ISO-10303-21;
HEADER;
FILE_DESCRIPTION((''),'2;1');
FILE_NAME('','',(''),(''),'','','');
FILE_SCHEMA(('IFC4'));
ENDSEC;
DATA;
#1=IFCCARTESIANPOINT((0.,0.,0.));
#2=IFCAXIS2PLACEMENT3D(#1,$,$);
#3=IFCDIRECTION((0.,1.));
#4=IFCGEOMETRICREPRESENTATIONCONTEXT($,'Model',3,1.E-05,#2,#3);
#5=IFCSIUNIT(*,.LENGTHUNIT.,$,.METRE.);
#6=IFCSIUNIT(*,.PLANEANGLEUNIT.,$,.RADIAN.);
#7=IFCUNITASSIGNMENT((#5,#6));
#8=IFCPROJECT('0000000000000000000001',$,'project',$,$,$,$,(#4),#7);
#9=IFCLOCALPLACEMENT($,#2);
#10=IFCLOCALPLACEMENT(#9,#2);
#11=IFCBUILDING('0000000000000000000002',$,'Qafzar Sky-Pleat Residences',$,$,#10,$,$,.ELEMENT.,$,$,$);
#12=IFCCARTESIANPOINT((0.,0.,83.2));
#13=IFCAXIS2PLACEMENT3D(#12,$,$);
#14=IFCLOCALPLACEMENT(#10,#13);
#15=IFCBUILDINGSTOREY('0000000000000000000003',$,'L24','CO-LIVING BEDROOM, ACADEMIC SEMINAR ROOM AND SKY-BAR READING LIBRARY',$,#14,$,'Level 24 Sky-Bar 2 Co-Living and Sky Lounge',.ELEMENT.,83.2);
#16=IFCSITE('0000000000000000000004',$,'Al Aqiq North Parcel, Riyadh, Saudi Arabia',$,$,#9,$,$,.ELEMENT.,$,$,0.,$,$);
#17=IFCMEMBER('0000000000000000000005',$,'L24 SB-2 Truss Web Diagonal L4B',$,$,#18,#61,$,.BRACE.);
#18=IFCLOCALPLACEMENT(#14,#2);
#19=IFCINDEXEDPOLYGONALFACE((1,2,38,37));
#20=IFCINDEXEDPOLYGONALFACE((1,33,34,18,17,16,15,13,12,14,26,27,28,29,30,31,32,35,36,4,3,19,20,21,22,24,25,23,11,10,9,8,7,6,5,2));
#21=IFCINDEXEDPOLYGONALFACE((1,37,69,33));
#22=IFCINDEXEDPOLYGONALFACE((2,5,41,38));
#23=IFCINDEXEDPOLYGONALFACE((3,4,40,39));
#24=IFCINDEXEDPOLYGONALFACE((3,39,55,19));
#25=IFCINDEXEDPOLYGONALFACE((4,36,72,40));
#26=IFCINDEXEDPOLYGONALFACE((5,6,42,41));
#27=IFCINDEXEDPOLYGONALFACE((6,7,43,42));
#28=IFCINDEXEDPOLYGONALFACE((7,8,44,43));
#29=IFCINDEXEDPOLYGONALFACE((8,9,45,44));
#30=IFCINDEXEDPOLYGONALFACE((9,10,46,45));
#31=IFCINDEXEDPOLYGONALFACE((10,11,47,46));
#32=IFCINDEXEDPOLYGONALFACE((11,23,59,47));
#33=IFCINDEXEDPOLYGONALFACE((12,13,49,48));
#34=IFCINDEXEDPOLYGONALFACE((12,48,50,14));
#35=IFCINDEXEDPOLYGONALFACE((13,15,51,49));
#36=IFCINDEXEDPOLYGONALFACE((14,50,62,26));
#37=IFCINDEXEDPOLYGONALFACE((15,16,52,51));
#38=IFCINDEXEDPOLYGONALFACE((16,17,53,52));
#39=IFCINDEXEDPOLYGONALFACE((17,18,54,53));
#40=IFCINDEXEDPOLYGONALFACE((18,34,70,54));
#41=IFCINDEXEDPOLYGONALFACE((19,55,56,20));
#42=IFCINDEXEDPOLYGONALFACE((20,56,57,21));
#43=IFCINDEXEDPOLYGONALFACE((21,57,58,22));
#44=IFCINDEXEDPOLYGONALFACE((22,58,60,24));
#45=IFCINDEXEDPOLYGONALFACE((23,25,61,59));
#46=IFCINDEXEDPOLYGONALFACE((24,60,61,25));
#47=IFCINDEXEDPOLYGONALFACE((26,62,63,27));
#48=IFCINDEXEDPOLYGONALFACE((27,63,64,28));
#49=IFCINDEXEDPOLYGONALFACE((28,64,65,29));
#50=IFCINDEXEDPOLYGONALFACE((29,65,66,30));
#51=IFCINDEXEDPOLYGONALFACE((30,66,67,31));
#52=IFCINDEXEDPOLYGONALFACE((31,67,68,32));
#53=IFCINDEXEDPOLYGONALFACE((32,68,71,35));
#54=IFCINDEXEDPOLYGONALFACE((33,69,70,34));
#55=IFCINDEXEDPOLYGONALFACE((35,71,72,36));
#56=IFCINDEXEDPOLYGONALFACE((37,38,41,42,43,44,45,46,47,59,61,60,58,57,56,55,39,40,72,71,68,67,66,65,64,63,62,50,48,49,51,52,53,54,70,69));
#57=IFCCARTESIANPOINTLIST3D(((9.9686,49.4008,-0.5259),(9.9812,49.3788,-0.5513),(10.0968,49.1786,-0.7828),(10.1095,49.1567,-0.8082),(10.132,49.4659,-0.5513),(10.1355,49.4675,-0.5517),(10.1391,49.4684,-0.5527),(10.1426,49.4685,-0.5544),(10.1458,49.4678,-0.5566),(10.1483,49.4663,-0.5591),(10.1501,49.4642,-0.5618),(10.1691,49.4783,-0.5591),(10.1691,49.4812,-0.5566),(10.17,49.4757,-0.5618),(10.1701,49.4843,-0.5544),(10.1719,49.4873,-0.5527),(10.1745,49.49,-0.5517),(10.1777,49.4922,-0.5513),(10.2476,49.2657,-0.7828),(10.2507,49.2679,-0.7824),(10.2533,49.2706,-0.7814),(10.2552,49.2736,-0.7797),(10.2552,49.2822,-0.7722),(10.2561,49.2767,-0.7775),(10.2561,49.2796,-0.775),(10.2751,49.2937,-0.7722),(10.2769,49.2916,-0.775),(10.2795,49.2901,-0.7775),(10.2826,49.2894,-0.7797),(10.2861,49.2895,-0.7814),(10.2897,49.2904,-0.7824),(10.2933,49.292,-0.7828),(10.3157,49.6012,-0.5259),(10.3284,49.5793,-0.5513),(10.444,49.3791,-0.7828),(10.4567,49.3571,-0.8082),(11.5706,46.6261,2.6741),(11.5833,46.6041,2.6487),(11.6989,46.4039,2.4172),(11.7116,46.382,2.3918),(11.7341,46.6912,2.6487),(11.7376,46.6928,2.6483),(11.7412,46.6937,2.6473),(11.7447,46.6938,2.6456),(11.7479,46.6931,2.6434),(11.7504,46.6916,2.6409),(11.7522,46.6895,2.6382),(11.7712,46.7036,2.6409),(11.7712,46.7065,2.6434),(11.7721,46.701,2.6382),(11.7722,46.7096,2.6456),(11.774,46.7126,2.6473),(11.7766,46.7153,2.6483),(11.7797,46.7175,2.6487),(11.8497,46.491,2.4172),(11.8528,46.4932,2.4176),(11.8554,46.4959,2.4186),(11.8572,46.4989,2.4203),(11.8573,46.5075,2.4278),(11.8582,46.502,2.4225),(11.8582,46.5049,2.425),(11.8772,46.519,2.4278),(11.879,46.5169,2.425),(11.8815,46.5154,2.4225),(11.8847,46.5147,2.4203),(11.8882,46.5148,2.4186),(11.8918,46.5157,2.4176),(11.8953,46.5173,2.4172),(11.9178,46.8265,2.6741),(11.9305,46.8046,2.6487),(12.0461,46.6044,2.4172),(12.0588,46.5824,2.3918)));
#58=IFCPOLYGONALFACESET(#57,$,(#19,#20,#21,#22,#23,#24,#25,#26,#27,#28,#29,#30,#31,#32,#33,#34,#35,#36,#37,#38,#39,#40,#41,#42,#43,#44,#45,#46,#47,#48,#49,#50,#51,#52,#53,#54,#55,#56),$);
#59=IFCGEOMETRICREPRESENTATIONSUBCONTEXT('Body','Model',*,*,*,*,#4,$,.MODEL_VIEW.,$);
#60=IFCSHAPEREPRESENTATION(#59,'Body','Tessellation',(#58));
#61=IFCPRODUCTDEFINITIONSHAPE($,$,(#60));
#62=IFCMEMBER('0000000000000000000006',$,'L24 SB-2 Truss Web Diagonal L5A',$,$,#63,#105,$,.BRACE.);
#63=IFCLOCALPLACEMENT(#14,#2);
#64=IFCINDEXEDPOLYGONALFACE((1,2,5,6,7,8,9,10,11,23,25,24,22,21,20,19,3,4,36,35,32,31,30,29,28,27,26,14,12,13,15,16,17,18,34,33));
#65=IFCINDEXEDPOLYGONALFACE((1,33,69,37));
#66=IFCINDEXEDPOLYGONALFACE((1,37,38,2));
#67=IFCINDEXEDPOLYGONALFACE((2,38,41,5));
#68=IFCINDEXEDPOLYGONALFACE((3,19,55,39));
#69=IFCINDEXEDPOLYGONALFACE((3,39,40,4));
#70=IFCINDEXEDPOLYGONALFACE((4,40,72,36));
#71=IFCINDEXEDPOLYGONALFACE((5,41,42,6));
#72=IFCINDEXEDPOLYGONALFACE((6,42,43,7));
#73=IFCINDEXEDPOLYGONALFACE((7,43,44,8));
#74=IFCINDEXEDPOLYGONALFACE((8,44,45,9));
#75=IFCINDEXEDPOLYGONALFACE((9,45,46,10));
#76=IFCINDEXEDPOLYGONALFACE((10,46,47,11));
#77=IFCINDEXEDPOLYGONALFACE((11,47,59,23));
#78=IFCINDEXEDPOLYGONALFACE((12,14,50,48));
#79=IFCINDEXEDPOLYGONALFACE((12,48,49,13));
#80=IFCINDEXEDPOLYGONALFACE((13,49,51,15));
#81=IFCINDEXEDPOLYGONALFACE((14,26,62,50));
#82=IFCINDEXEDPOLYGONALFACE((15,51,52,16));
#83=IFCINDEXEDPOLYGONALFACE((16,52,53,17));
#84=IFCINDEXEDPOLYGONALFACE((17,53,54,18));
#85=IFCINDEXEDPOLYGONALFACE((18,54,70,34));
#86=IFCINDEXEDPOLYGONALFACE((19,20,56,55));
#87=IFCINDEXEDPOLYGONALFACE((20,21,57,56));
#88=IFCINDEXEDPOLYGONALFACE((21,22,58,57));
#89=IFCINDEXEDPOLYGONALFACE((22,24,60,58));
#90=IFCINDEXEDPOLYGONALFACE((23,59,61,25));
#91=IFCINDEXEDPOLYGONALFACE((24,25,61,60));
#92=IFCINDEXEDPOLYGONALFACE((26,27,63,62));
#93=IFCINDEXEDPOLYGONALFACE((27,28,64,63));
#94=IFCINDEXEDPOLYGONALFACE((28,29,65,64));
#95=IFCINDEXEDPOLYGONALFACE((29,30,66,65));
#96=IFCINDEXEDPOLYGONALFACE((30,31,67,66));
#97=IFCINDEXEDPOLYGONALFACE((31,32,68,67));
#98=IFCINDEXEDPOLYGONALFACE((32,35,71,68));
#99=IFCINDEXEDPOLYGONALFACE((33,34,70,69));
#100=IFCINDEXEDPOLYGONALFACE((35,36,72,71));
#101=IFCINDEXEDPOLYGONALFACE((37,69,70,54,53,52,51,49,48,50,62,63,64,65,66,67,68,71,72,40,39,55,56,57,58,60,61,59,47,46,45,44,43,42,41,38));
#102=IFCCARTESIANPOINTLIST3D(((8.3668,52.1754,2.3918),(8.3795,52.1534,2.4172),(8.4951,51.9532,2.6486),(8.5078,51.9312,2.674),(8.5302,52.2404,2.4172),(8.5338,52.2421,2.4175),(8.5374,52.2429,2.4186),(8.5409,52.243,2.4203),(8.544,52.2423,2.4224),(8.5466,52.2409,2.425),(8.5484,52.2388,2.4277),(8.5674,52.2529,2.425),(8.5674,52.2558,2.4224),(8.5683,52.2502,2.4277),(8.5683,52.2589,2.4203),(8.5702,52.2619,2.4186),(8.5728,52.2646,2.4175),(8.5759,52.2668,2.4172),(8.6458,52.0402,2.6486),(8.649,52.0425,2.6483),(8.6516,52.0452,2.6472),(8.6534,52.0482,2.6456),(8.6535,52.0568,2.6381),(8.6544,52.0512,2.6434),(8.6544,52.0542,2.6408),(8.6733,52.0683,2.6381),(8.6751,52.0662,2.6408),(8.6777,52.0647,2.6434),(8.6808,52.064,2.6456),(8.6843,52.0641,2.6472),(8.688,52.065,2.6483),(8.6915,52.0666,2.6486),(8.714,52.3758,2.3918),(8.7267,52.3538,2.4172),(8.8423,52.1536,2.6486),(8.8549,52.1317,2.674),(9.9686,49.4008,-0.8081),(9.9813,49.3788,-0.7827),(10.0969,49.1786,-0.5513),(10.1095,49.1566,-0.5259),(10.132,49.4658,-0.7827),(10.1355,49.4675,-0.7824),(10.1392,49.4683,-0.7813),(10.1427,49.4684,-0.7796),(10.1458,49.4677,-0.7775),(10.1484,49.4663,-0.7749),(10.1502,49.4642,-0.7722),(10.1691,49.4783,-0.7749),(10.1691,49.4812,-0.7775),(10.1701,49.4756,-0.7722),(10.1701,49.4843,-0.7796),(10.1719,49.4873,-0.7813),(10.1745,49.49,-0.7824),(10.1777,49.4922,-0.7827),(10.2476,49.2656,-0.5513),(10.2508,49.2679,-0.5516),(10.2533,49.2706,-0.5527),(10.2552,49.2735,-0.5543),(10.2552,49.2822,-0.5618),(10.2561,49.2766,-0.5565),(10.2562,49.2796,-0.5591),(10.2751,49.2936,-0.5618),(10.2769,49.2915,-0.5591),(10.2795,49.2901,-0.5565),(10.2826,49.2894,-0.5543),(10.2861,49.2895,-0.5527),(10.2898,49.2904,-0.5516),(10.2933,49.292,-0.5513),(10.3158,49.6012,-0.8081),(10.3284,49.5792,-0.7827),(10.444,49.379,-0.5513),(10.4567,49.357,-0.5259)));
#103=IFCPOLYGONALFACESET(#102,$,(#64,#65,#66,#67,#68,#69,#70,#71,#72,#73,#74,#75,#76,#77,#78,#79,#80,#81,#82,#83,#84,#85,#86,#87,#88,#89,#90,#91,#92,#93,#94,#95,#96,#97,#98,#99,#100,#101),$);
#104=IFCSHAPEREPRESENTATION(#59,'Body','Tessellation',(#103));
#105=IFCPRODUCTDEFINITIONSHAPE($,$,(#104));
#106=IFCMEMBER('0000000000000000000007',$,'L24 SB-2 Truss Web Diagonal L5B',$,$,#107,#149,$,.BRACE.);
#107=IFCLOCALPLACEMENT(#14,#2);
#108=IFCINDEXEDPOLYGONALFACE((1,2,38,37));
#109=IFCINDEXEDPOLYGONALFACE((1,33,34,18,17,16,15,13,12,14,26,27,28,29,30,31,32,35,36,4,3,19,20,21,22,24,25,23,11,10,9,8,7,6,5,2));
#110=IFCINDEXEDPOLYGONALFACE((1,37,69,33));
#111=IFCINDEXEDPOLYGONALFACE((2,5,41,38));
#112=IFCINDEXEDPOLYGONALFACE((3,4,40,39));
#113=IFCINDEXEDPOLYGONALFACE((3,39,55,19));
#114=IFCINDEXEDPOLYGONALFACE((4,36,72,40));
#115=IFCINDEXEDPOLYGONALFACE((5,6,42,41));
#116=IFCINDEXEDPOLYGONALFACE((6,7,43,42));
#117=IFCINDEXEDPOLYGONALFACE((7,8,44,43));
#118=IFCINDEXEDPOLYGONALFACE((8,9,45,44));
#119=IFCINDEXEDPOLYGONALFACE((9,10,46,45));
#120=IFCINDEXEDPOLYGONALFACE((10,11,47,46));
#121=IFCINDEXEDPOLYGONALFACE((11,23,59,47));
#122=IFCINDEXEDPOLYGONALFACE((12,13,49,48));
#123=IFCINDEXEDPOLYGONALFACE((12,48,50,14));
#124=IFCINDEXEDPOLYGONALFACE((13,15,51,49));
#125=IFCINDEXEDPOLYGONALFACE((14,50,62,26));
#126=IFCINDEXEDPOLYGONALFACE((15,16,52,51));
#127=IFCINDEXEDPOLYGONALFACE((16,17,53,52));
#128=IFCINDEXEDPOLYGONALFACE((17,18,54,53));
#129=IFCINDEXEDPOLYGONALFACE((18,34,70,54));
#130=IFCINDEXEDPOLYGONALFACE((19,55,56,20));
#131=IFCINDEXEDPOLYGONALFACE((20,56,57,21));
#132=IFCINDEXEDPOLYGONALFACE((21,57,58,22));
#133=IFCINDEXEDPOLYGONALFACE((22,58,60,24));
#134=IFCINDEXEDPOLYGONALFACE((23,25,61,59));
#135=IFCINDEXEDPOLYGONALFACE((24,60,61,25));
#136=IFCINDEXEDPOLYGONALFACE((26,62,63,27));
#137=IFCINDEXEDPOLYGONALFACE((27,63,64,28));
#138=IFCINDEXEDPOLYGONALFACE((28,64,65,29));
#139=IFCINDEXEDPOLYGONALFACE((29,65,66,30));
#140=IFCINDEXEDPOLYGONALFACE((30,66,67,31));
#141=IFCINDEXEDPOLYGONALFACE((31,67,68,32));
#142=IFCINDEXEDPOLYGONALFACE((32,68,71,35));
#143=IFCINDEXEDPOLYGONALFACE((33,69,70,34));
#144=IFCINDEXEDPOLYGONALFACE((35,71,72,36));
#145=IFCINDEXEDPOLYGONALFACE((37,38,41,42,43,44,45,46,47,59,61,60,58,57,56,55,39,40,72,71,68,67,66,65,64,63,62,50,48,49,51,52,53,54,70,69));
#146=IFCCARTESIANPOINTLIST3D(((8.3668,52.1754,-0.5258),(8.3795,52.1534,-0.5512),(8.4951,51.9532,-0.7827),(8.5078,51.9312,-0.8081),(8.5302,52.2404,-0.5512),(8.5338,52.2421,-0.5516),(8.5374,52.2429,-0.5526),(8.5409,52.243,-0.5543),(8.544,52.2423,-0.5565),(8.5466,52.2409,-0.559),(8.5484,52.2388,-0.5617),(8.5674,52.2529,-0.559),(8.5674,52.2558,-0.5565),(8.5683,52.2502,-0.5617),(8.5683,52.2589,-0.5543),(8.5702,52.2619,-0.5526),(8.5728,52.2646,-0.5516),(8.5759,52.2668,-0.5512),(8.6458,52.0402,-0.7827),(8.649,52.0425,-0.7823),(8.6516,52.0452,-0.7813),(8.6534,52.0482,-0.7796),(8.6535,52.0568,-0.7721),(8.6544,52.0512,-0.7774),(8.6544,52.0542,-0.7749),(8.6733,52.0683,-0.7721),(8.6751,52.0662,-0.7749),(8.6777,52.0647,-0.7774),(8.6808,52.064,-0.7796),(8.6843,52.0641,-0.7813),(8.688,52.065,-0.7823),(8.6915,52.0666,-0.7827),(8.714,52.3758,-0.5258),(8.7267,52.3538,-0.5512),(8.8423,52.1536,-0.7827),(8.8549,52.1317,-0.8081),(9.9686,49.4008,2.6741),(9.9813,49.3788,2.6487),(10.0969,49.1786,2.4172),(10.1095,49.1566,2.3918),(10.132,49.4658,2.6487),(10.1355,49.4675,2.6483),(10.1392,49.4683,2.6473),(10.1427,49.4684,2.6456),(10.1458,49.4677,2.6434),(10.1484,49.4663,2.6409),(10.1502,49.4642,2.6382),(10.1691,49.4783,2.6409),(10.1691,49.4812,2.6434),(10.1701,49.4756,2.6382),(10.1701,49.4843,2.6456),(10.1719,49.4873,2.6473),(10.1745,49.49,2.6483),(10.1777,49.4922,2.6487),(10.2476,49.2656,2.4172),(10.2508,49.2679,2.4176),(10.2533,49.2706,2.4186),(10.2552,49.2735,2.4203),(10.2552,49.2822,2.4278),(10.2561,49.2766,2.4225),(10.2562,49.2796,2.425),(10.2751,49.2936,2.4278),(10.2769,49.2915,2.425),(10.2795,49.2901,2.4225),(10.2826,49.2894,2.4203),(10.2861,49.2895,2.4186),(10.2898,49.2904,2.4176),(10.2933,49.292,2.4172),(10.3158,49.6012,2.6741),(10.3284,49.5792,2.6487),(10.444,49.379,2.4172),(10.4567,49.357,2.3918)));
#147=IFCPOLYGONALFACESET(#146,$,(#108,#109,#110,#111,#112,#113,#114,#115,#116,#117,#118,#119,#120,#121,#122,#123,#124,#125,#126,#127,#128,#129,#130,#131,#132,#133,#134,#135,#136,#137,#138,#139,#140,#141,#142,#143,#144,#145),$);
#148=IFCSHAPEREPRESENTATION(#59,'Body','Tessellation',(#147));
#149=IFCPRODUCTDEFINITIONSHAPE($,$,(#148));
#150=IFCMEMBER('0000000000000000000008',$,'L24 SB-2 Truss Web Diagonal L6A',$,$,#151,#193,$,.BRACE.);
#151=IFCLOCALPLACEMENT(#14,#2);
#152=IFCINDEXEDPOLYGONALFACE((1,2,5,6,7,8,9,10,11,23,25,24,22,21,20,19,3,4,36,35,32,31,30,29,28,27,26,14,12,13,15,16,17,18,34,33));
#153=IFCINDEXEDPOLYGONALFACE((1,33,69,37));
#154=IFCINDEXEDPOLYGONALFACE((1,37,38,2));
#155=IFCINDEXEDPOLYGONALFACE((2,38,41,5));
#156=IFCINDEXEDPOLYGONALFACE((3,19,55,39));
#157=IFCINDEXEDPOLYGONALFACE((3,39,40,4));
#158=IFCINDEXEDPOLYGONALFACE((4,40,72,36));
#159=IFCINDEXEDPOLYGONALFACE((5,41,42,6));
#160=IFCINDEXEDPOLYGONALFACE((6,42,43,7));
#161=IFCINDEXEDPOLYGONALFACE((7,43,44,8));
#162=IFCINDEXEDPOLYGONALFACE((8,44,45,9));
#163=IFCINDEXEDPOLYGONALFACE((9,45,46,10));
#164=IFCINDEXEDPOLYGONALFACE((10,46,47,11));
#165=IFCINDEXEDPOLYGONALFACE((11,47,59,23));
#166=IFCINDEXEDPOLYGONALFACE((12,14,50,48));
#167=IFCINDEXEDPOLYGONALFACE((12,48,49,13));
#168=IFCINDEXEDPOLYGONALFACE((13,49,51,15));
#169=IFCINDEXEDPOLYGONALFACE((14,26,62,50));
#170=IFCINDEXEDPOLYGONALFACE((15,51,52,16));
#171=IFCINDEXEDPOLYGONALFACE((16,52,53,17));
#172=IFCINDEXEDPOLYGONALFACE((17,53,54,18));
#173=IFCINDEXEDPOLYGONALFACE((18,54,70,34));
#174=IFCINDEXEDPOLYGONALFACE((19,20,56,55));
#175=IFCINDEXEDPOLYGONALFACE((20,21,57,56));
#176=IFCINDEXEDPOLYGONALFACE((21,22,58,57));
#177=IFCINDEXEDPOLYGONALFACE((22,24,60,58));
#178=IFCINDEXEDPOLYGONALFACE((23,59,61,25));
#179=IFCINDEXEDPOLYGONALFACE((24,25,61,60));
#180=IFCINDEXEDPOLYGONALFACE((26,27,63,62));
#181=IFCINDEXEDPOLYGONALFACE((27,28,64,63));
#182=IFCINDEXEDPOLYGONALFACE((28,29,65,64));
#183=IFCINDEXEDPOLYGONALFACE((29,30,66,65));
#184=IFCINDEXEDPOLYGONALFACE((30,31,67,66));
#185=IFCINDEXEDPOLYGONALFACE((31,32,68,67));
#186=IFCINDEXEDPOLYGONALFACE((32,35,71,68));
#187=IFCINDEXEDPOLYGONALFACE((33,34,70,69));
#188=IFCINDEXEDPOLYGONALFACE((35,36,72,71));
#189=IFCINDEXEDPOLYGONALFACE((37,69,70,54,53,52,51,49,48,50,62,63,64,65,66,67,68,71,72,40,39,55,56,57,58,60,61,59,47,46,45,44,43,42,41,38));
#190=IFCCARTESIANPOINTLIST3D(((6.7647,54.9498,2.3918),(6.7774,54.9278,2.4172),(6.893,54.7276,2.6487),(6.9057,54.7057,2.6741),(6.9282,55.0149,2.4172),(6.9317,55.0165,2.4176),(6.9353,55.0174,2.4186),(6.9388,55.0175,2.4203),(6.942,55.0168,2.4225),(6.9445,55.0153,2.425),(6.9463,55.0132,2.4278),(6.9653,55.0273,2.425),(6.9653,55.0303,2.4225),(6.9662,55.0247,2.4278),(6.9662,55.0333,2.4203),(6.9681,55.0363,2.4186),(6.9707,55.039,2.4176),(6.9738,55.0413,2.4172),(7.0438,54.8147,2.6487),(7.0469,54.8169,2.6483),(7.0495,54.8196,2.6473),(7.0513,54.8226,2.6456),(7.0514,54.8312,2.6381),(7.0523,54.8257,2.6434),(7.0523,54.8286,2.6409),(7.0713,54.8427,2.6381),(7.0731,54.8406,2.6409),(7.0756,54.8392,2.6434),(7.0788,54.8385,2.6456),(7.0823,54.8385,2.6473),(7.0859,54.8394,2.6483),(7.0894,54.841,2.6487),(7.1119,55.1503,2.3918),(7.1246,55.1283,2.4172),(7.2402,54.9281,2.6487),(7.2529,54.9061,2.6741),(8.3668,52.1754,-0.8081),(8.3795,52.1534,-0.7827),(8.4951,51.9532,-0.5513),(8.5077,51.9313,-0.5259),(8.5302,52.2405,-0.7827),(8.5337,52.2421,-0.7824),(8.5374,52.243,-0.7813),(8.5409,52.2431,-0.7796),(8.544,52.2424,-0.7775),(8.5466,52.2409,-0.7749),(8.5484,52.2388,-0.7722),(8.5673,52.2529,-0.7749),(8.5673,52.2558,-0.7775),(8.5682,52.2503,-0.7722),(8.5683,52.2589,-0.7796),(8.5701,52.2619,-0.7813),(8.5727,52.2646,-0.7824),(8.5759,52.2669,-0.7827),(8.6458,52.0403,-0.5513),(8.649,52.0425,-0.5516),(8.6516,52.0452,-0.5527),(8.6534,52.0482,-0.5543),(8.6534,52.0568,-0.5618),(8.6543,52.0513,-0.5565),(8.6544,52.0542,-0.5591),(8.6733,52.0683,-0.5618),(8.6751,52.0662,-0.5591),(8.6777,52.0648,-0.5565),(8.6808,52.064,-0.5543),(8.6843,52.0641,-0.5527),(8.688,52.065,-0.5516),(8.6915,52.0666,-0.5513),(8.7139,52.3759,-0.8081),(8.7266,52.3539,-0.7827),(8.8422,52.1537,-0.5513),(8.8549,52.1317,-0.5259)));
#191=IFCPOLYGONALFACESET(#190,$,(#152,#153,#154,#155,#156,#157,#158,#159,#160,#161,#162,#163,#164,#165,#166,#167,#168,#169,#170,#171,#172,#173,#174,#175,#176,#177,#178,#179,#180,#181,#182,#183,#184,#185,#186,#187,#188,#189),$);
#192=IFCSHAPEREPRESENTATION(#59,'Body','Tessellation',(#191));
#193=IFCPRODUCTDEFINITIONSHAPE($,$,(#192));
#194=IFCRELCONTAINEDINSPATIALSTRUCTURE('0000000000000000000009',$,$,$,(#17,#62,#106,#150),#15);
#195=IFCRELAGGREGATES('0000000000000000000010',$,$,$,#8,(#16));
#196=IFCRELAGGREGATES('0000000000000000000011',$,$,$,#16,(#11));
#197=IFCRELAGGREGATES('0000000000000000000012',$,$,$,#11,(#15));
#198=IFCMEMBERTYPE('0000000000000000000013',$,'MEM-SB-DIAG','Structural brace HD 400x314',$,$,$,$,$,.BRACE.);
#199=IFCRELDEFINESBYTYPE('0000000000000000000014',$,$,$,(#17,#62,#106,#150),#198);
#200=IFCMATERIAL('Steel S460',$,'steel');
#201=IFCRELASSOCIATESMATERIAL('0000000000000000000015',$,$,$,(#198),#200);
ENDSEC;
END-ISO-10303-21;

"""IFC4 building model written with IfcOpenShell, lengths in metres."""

from ifc_helpers import new_model, si_unit, direction, frame, origin, origin_2d, place, context, subcontext, project, spatial, i_section, extrude, source, transform, mapped, material, material_profile, profile_set, type_object, element, save


model = new_model("IFC4")

# Units and contexts
model_context = context("Model", 3, precision=1e-05, world=origin(), true_north=direction((0.0, 1.0)))
body_context = subcontext(model_context, "Body", "Model", "MODEL_VIEW")
ifc_project = project(units=[si_unit("LENGTHUNIT", "METRE"), si_unit("PLANEANGLEUNIT", "RADIAN")], contexts=[model_context])

# Site, building, storey
site_placement = place(None, origin())
site = spatial("IfcSite", under=ifc_project, at=site_placement, Name="Al Aqiq North Parcel, Riyadh, Saudi Arabia", CompositionType="ELEMENT", RefElevation=0.0)
building_placement = place(site_placement, origin())
building = spatial("IfcBuilding", under=site, at=building_placement, Name="Qafzar Sky-Pleat Residences", CompositionType="ELEMENT")
storey_placement = place(building_placement, frame((0.0, 0.0, 83.2)))
storey = spatial("IfcBuildingStorey", under=building, at=storey_placement, Name="L24", Description="CO-LIVING BEDROOM, ACADEMIC SEMINAR ROOM AND SKY-BAR READING LIBRARY", LongName="Level 24 Sky-Bar 2 Co-Living and Sky Lounge", CompositionType="ELEMENT", Elevation=83.2)

# Members
ifc_material_1 = material(Name="Steel S460", Category="steel")
ifc_material_profile_1 = material_profile(ifc_material_1, i_section(OverallWidth=0.4009, OverallDepth=0.3989, WebThickness=0.0229, FlangeThickness=0.0359, FilletRadius=0.0149, at=origin_2d()), Name="HD 400x314")
ifc_profile_set_1 = profile_set([ifc_material_profile_1], Name="Steel S460")
member_type_1 = type_object("IfcMemberType", Name="MEM-SB-DIAG", Description="Structural brace HD 400x314", PredefinedType="BRACE", material=ifc_profile_set_1)
shared_shape_1 = source(origin(), body_context, "Body", "SweptSolid", [
    extrude(i_section(OverallWidth=0.4009, OverallDepth=0.3989, WebThickness=0.0229, FlangeThickness=0.0359, FilletRadius=0.0149, at=origin_2d()), origin(), (0.0, 0.0, 1.0), 4.5283),
])
member_1_placement = place(storey_placement, frame((11.8147, 46.6042, 2.533), z_axis=(-0.353791, 0.612745, -0.706665), x_axis=(-0.866012, -0.500024, 0.0)))
element("IfcMember", 1, at=member_1_placement, inside=storey, type_object=member_type_1, Name="L24 SB-2 Truss Web Diagonal L4B", PredefinedType="BRACE", context=body_context, shape_type="MappedRepresentation", body=[
    mapped(shared_shape_1, transform((0.0, 0.0, 0.0), x_axis=(1.0, 0.0, 0.0), y_axis=(0.0, 1.0, 0.0), z_axis=(0.0, 0.0, 1.0), scale=1.0)),
])
shared_shape_2 = source(origin(), body_context, "Body", "SweptSolid", [
    extrude(i_section(OverallWidth=0.4009, OverallDepth=0.3989, WebThickness=0.0229, FlangeThickness=0.0359, FilletRadius=0.0149, at=origin_2d()), origin(), (0.0, 0.0, 1.0), 4.5281),
])
for number, where, z_axis, x_axis, name in (
    (2, (10.2126, 49.3789, -0.667), (-0.353744, 0.612757, 0.706679), (-0.866045, -0.499967, 0.0), "L24 SB-2 Truss Web Diagonal L5A"),
    (3, (10.2126, 49.3789, 2.533), (-0.353744, 0.612757, -0.706679), (-0.866045, -0.499967, 0.0), "L24 SB-2 Truss Web Diagonal L5B"),
    (4, (8.6108, 52.1536, -0.667), (-0.353803, 0.612711, 0.706688), (-0.865993, -0.500057, 0.0), "L24 SB-2 Truss Web Diagonal L6A"),
):
    element("IfcMember", number, at=place(storey_placement, frame(where, z_axis=z_axis, x_axis=x_axis)), inside=storey, type_object=member_type_1, Name=name, PredefinedType="BRACE", context=body_context, shape_type="MappedRepresentation", body=[
        mapped(shared_shape_2, transform((0.0, 0.0, 0.0), x_axis=(1.0, 0.0, 0.0), y_axis=(0.0, 1.0, 0.0), z_axis=(0.0, 0.0, 1.0), scale=1.0)),
    ])

save(model, "model.ifc")
